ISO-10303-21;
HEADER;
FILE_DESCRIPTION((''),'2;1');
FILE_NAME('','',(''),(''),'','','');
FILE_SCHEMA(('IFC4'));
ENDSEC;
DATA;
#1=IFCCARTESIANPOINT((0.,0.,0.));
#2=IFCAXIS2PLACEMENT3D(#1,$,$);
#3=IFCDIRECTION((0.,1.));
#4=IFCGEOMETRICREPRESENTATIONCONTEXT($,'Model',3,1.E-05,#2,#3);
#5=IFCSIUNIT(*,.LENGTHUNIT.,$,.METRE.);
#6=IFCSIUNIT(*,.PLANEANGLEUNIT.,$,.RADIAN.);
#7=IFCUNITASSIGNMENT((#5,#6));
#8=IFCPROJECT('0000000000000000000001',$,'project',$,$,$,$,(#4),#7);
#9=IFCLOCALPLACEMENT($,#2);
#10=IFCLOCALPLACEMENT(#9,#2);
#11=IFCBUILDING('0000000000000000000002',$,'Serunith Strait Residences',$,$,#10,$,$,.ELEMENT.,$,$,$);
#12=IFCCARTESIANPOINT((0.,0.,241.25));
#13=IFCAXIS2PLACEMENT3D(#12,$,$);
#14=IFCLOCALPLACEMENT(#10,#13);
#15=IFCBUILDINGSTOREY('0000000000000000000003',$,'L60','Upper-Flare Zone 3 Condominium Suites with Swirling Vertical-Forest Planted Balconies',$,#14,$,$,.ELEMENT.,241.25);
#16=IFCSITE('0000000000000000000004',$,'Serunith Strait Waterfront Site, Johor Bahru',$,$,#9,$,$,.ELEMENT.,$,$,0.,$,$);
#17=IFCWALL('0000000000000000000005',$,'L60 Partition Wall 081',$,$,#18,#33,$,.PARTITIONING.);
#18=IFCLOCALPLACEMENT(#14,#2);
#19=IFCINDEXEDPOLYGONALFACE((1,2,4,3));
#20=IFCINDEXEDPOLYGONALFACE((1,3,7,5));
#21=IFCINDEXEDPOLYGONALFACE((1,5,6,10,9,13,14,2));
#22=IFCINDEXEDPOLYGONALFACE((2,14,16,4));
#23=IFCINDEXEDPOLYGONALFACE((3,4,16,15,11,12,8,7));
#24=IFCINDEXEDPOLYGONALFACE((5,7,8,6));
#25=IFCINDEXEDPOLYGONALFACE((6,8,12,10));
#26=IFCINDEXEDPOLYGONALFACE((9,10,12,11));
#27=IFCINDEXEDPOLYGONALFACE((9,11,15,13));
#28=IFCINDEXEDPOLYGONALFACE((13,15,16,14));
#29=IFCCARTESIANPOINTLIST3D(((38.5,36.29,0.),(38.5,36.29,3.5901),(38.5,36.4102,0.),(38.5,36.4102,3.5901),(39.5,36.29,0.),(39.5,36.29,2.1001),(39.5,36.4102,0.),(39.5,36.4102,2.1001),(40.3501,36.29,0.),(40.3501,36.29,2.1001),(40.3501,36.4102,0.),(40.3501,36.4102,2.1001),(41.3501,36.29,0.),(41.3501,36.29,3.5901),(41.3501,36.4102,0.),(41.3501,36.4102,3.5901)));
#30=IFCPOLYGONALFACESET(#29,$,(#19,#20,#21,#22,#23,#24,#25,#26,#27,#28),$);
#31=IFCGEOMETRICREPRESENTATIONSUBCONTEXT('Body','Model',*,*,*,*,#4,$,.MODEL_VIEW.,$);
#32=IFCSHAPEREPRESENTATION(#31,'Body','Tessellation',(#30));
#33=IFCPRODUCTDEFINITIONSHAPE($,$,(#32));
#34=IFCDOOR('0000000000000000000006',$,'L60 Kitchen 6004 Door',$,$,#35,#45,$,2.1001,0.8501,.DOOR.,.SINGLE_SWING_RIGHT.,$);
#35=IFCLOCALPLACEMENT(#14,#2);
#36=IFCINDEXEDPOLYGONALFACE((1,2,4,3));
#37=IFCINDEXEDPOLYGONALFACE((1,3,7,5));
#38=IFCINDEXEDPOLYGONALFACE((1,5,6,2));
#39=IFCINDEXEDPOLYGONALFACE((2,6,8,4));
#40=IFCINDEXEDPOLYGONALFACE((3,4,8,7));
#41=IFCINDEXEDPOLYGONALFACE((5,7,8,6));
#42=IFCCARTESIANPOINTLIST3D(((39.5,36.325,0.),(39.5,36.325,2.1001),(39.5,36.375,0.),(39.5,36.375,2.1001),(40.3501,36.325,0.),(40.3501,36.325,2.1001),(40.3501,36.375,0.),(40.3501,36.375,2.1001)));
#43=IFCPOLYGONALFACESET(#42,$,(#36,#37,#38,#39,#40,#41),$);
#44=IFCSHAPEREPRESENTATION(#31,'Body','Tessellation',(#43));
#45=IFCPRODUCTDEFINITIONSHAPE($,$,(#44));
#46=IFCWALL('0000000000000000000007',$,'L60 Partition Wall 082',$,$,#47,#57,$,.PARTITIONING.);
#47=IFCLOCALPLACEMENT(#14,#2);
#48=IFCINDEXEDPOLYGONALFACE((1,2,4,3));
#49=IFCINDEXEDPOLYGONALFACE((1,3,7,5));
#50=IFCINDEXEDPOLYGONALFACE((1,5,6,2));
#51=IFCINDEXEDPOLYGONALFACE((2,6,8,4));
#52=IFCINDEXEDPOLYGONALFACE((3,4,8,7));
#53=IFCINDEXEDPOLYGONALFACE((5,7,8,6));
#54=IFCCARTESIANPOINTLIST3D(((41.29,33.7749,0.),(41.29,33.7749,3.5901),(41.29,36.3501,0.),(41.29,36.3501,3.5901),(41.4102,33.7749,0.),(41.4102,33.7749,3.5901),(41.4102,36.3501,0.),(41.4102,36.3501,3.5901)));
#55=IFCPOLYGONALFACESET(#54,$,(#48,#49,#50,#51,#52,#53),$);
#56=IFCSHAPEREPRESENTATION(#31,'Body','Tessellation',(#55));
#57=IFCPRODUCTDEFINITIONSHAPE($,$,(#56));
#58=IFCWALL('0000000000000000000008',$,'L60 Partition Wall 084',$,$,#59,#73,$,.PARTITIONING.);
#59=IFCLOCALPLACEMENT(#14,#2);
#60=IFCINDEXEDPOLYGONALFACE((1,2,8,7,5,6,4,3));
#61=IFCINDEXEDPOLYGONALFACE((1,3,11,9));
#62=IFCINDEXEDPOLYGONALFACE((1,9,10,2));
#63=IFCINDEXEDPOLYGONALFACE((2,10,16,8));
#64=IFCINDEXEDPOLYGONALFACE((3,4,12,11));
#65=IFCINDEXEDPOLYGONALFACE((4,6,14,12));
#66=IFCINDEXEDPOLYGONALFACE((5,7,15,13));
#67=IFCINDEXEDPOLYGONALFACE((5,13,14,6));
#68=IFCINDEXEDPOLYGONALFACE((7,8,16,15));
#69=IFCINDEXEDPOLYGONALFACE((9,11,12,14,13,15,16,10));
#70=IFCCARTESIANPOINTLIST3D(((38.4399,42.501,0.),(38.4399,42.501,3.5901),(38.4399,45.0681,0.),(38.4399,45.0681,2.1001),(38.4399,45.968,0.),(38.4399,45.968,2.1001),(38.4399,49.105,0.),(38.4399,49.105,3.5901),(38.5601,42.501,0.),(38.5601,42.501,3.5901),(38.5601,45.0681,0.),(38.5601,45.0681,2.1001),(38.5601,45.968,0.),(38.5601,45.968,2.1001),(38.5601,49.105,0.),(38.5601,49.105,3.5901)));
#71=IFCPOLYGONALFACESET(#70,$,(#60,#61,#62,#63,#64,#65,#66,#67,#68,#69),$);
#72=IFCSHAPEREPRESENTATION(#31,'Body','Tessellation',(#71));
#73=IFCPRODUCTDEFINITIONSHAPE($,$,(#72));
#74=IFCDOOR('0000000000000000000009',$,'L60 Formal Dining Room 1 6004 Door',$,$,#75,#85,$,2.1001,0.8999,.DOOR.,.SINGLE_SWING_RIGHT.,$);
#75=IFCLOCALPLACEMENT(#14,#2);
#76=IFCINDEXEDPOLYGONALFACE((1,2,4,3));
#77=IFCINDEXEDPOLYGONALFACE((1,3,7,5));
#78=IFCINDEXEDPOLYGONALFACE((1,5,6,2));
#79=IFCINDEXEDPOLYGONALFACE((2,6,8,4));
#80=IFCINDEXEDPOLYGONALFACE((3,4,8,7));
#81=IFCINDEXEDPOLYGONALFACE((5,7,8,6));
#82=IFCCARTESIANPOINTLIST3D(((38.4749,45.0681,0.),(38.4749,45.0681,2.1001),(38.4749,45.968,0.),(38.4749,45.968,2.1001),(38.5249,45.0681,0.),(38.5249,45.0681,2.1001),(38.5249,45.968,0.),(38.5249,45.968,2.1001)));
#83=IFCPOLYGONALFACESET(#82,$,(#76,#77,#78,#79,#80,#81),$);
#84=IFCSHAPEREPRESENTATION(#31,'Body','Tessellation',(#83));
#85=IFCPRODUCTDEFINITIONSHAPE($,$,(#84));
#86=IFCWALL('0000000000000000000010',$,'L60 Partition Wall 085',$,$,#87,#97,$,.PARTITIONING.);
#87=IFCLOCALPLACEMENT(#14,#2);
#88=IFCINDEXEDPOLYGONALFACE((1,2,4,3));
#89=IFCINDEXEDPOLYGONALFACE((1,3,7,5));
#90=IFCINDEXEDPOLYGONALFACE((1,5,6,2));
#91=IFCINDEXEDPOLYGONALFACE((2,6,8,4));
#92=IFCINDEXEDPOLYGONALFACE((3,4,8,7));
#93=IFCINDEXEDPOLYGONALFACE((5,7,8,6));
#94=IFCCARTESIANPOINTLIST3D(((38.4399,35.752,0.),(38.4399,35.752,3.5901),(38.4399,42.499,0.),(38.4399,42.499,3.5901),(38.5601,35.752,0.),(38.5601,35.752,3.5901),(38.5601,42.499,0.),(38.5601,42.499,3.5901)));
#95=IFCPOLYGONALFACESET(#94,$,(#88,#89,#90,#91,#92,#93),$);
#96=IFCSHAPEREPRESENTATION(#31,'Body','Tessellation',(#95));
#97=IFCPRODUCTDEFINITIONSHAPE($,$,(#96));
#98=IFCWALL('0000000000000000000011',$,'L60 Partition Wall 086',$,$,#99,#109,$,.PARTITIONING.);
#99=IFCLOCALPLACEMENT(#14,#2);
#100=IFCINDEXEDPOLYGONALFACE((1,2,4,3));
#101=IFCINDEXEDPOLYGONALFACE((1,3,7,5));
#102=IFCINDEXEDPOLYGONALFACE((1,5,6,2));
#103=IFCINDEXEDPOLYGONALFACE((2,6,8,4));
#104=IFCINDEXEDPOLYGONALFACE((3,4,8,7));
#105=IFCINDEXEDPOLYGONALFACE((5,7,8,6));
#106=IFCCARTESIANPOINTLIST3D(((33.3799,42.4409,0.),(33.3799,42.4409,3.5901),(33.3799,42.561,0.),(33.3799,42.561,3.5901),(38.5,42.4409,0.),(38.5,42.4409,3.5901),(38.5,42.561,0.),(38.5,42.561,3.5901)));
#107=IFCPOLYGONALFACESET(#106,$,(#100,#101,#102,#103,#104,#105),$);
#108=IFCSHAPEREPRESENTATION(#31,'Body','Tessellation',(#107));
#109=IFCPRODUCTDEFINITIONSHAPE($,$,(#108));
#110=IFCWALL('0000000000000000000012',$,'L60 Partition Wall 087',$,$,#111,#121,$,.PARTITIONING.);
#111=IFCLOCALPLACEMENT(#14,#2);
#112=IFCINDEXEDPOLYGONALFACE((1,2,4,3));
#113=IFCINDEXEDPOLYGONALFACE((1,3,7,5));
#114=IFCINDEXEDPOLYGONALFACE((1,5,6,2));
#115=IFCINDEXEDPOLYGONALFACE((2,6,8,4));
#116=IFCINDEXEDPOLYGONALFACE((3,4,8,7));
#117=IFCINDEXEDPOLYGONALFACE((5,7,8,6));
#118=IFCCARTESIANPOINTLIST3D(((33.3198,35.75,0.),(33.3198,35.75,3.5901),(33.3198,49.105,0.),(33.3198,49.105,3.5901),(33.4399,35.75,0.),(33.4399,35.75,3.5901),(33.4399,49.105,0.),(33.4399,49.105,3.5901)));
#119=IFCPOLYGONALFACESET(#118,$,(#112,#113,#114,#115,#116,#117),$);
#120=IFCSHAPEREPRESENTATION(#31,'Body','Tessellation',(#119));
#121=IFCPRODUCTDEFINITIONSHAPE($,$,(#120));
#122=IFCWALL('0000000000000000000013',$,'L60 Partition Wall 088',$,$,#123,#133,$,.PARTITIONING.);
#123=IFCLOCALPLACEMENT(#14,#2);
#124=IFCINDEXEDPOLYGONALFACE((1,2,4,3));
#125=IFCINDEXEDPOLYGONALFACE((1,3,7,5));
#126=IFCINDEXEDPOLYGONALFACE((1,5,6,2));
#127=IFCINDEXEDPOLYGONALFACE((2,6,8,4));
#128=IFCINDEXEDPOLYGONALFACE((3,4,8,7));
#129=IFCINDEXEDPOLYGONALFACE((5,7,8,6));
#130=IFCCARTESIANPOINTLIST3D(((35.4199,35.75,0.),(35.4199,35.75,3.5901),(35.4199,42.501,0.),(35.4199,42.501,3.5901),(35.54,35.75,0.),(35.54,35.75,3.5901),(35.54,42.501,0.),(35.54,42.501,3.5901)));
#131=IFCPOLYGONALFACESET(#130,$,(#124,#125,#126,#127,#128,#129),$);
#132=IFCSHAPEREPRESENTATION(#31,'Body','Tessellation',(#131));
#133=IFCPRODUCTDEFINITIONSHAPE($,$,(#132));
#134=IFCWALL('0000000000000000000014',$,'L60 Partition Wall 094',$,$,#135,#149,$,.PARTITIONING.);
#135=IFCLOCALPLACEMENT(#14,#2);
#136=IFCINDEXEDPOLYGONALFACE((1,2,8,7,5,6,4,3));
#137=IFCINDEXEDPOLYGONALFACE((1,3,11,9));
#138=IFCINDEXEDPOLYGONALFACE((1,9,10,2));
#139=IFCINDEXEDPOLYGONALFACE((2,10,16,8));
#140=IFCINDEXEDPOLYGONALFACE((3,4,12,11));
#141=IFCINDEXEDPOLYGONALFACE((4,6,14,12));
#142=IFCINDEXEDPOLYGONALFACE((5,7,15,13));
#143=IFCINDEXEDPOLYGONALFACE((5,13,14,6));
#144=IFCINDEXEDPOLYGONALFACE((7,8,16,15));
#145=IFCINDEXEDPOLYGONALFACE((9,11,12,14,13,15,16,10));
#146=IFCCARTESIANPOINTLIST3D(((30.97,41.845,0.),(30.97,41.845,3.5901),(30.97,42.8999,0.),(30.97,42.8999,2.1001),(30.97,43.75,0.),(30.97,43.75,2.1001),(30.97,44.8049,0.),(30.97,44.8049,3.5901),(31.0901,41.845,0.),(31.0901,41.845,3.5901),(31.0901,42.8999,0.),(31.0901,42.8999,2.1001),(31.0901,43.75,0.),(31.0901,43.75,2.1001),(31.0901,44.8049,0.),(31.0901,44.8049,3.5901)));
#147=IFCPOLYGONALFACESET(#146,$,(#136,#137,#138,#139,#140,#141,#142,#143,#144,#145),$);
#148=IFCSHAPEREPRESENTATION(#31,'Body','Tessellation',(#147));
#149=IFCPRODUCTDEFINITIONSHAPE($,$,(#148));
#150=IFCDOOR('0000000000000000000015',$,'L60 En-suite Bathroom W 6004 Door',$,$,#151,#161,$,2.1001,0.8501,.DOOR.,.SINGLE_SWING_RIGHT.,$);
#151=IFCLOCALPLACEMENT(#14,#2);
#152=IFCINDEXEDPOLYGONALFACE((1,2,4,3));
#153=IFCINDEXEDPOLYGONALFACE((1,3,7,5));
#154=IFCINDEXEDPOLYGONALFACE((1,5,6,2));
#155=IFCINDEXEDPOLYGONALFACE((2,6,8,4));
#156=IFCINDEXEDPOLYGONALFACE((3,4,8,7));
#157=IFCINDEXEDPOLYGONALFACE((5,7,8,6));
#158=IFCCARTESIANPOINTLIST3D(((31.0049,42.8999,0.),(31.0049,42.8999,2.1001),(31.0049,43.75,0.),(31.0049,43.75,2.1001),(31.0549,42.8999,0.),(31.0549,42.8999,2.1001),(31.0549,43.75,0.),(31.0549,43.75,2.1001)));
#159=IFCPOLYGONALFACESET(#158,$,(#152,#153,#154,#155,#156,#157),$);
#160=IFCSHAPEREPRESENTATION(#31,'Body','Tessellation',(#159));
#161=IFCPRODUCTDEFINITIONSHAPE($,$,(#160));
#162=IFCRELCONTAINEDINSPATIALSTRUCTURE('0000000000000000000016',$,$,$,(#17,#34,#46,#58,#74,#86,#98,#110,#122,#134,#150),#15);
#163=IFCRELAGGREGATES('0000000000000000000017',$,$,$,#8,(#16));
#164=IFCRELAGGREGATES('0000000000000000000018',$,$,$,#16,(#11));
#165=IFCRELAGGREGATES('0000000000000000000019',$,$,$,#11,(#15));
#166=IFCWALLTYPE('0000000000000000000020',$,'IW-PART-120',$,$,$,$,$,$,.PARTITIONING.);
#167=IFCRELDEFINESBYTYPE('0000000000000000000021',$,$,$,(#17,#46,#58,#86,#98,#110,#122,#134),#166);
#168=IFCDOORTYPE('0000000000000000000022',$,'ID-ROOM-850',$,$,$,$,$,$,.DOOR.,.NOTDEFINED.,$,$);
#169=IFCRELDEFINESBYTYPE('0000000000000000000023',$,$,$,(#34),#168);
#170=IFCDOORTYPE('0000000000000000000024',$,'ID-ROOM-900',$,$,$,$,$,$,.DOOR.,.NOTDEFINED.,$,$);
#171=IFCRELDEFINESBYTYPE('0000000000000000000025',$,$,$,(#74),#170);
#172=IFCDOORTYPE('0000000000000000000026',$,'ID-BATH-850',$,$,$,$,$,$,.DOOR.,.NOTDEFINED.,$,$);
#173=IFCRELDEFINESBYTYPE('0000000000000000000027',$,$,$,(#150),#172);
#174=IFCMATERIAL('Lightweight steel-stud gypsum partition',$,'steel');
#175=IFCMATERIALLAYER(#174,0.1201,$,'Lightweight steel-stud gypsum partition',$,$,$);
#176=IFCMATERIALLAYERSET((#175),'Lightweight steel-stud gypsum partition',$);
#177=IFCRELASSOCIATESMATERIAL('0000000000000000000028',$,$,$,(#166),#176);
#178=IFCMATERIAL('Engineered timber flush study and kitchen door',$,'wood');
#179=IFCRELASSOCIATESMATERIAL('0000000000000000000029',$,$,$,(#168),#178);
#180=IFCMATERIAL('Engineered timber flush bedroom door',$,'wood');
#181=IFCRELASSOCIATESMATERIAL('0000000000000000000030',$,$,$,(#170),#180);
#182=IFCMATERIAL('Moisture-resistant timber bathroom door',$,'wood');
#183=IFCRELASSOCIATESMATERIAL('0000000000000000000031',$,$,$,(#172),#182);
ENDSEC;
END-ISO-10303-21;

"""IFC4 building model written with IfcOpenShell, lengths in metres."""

from ifc_helpers import new_model, si_unit, direction, frame, frame_2d, origin, place, context, subcontext, project, spatial, rectangle, extrude, source, transform, mapped, material, layer, layer_set, type_object, element, fill, save


model = new_model("IFC4")

# Units and contexts
model_context = context("Model", 3, precision=1e-05, world=origin(), true_north=direction((0.0, 1.0)))
body_context = subcontext(model_context, "Body", "Model", "MODEL_VIEW")
ifc_project = project(units=[si_unit("LENGTHUNIT", "METRE"), si_unit("PLANEANGLEUNIT", "RADIAN")], contexts=[model_context])

# Site, building, storey
site_placement = place(None, origin())
site = spatial("IfcSite", under=ifc_project, at=site_placement, Name="Serunith Strait Waterfront Site, Johor Bahru", CompositionType="ELEMENT", RefElevation=0.0)
building_placement = place(site_placement, origin())
building = spatial("IfcBuilding", under=site, at=building_placement, Name="Serunith Strait Residences", CompositionType="ELEMENT")
storey_placement = place(building_placement, frame((0.0, 0.0, 241.25)))
storey = spatial("IfcBuildingStorey", under=building, at=storey_placement, Name="L60", Description="Upper-Flare Zone 3 Condominium Suites with Swirling Vertical-Forest Planted Balconies", CompositionType="ELEMENT", Elevation=241.25)

# Wall, opening, door
ifc_material_1 = material(Name="Lightweight steel-stud gypsum partition", Category="steel")
ifc_layer_1 = layer(ifc_material_1, 0.1201, Name="Lightweight steel-stud gypsum partition")
ifc_layer_set_1 = layer_set([ifc_layer_1], Name="Lightweight steel-stud gypsum partition")
wall_type = type_object("IfcWallType", Name="IW-PART-120", PredefinedType="PARTITIONING", material=ifc_layer_set_1)
wall_1_placement = place(storey_placement, frame((38.5, 36.3501, 0.0), z_axis=(0.0, 0.0, 1.0), x_axis=(1.0, 0.0, 0.0)))
wall_1 = element("IfcWall", 1, at=wall_1_placement, inside=storey, type_object=wall_type, Name="L60 Partition Wall 081", PredefinedType="PARTITIONING", context=body_context, shape_type="SweptSolid", body=[
    extrude(rectangle(XDim=2.8501, YDim=0.1201, at=frame_2d((1.425, 0.0))), origin(), (0.0, 0.0, 1.0), 3.5901),
])
opening_1_placement = place(wall_1_placement, frame((1.0, 0.0, 0.0)))
opening_1 = element("IfcOpeningElement", 2, at=opening_1_placement, cuts=wall_1, PredefinedType="OPENING", context=body_context, shape_type="SweptSolid", body=[
    extrude(rectangle(XDim=0.8501, YDim=2.1001, at=frame_2d((0.425, 1.05))), frame((0.0, 0.0701, 0.0), z_axis=(0.0, -1.0, 0.0), x_axis=(1.0, 0.0, 0.0)), (0.0, 0.0, 1.0), 0.1401),
])
ifc_material_2 = material(Name="Engineered timber flush study and kitchen door", Category="wood")
door_type_1 = type_object("IfcDoorType", Name="ID-ROOM-850", OperationType="NOTDEFINED", PredefinedType="DOOR", material=ifc_material_2)
shared_shape_1 = source(origin(), body_context, "Body", "SweptSolid", [
    extrude(rectangle(XDim=0.8501, YDim=2.1001, at=frame_2d((0.425, 1.05))), frame((0.0, 0.0249, 0.0), z_axis=(0.0, -1.0, 0.0), x_axis=(1.0, 0.0, 0.0)), (0.0, 0.0, 1.0), 0.05),
])
door_1_placement = place(opening_1_placement, origin())
door_1 = element("IfcDoor", 3, at=door_1_placement, inside=storey, type_object=door_type_1, Name="L60 Kitchen 6004 Door", OperationType="SINGLE_SWING_RIGHT", OverallHeight=2.1001, OverallWidth=0.8501, PredefinedType="DOOR", context=body_context, shape_type="MappedRepresentation", body=[
    mapped(shared_shape_1, transform((0.0, 0.0, 0.0), scale=1.0)),
])
fill(opening_1, door_1)

# Wall
wall_2_placement = place(storey_placement, frame((41.3501, 36.3501, 0.0), z_axis=(0.0, 0.0, 1.0), x_axis=(0.0, -1.0, 0.0)))
element("IfcWall", 4, at=wall_2_placement, inside=storey, type_object=wall_type, Name="L60 Partition Wall 082", PredefinedType="PARTITIONING", context=body_context, shape_type="SweptSolid", body=[
    extrude(rectangle(XDim=2.5752, YDim=0.1201, at=frame_2d((1.2876, 0.0))), origin(), (0.0, 0.0, 1.0), 3.5901),
])

# Wall, opening, door
wall_3_placement = place(storey_placement, frame((38.5, 49.105, 0.0), z_axis=(0.0, 0.0, 1.0), x_axis=(0.0, -1.0, 0.0)))
wall_3 = element("IfcWall", 5, at=wall_3_placement, inside=storey, type_object=wall_type, Name="L60 Partition Wall 084", PredefinedType="PARTITIONING", context=body_context, shape_type="SweptSolid", body=[
    extrude(rectangle(XDim=6.604, YDim=0.1201, at=frame_2d((3.302, 0.0))), origin(), (0.0, 0.0, 1.0), 3.5901),
])
opening_2_placement = place(wall_3_placement, frame((3.137, 0.0, 0.0)))
opening_2 = element("IfcOpeningElement", 6, at=opening_2_placement, cuts=wall_3, PredefinedType="OPENING", context=body_context, shape_type="SweptSolid", body=[
    extrude(rectangle(XDim=0.8999, YDim=2.1001, at=frame_2d((0.45, 1.05))), frame((0.0, 0.0701, 0.0), z_axis=(0.0, -1.0, 0.0), x_axis=(1.0, 0.0, 0.0)), (0.0, 0.0, 1.0), 0.1401),
])
ifc_material_3 = material(Name="Engineered timber flush bedroom door", Category="wood")
door_type_2 = type_object("IfcDoorType", Name="ID-ROOM-900", OperationType="NOTDEFINED", PredefinedType="DOOR", material=ifc_material_3)
shared_shape_2 = source(origin(), body_context, "Body", "SweptSolid", [
    extrude(rectangle(XDim=0.8999, YDim=2.1001, at=frame_2d((0.45, 1.05))), frame((0.0, 0.0249, 0.0), z_axis=(0.0, -1.0, 0.0), x_axis=(1.0, 0.0, 0.0)), (0.0, 0.0, 1.0), 0.05),
])
door_2_placement = place(opening_2_placement, origin())
door_2 = element("IfcDoor", 7, at=door_2_placement, inside=storey, type_object=door_type_2, Name="L60 Formal Dining Room 1 6004 Door", OperationType="SINGLE_SWING_RIGHT", OverallHeight=2.1001, OverallWidth=0.8999, PredefinedType="DOOR", context=body_context, shape_type="MappedRepresentation", body=[
    mapped(shared_shape_2, transform((0.0, 0.0, 0.0), scale=1.0)),
])
fill(opening_2, door_2)

# Walls
wall_4_placement = place(storey_placement, frame((38.5, 42.499, 0.0), z_axis=(0.0, 0.0, 1.0), x_axis=(0.0, -1.0, 0.0)))
element("IfcWall", 8, at=wall_4_placement, inside=storey, type_object=wall_type, Name="L60 Partition Wall 085", PredefinedType="PARTITIONING", context=body_context, shape_type="SweptSolid", body=[
    extrude(rectangle(XDim=6.7471, YDim=0.1201, at=frame_2d((3.3735, 0.0))), origin(), (0.0, 0.0, 1.0), 3.5901),
])
wall_5_placement = place(storey_placement, frame((33.3799, 42.501, 0.0), z_axis=(0.0, 0.0, 1.0), x_axis=(1.0, 0.0, 0.0)))
element("IfcWall", 9, at=wall_5_placement, inside=storey, type_object=wall_type, Name="L60 Partition Wall 086", PredefinedType="PARTITIONING", context=body_context, shape_type="SweptSolid", body=[
    extrude(rectangle(XDim=5.1201, YDim=0.1201, at=frame_2d((2.5601, 0.0))), origin(), (0.0, 0.0, 1.0), 3.5901),
])
wall_6_placement = place(storey_placement, frame((33.3799, 49.105, 0.0), z_axis=(0.0, 0.0, 1.0), x_axis=(0.0, -1.0, 0.0)))
element("IfcWall", 10, at=wall_6_placement, inside=storey, type_object=wall_type, Name="L60 Partition Wall 087", PredefinedType="PARTITIONING", context=body_context, shape_type="SweptSolid", body=[
    extrude(rectangle(XDim=13.355, YDim=0.1201, at=frame_2d((6.6775, 0.0))), origin(), (0.0, 0.0, 1.0), 3.5901),
])
wall_7_placement = place(storey_placement, frame((35.48, 42.501, 0.0), z_axis=(0.0, 0.0, 1.0), x_axis=(0.0, -1.0, 0.0)))
element("IfcWall", 11, at=wall_7_placement, inside=storey, type_object=wall_type, Name="L60 Partition Wall 088", PredefinedType="PARTITIONING", context=body_context, shape_type="SweptSolid", body=[
    extrude(rectangle(XDim=6.751, YDim=0.1201, at=frame_2d((3.3755, 0.0))), origin(), (0.0, 0.0, 1.0), 3.5901),
])

# Wall, opening, door
wall_8_placement = place(storey_placement, frame((31.03, 44.8049, 0.0), z_axis=(0.0, 0.0, 1.0), x_axis=(0.0, -1.0, 0.0)))
wall_8 = element("IfcWall", 12, at=wall_8_placement, inside=storey, type_object=wall_type, Name="L60 Partition Wall 094", PredefinedType="PARTITIONING", context=body_context, shape_type="SweptSolid", body=[
    extrude(rectangle(XDim=2.96, YDim=0.1201, at=frame_2d((1.48, 0.0))), origin(), (0.0, 0.0, 1.0), 3.5901),
])
opening_3_placement = place(wall_8_placement, frame((1.0549, 0.0, 0.0)))
opening_3 = element("IfcOpeningElement", 13, at=opening_3_placement, cuts=wall_8, PredefinedType="OPENING", context=body_context, shape_type="SweptSolid", body=[
    extrude(rectangle(XDim=0.8501, YDim=2.1001, at=frame_2d((0.425, 1.05))), frame((0.0, 0.0701, 0.0), z_axis=(0.0, -1.0, 0.0), x_axis=(1.0, 0.0, 0.0)), (0.0, 0.0, 1.0), 0.1401),
])
ifc_material_4 = material(Name="Moisture-resistant timber bathroom door", Category="wood")
door_type_3 = type_object("IfcDoorType", Name="ID-BATH-850", OperationType="NOTDEFINED", PredefinedType="DOOR", material=ifc_material_4)
door_3_placement = place(opening_3_placement, origin())
door_3 = element("IfcDoor", 14, at=door_3_placement, inside=storey, type_object=door_type_3, Name="L60 En-suite Bathroom W 6004 Door", OperationType="SINGLE_SWING_RIGHT", OverallHeight=2.1001, OverallWidth=0.8501, PredefinedType="DOOR", context=body_context, shape_type="MappedRepresentation", body=[
    mapped(shared_shape_1, transform((0.0, 0.0, 0.0), scale=1.0)),
])
fill(opening_3, door_3)

save(model, "model.ifc")
